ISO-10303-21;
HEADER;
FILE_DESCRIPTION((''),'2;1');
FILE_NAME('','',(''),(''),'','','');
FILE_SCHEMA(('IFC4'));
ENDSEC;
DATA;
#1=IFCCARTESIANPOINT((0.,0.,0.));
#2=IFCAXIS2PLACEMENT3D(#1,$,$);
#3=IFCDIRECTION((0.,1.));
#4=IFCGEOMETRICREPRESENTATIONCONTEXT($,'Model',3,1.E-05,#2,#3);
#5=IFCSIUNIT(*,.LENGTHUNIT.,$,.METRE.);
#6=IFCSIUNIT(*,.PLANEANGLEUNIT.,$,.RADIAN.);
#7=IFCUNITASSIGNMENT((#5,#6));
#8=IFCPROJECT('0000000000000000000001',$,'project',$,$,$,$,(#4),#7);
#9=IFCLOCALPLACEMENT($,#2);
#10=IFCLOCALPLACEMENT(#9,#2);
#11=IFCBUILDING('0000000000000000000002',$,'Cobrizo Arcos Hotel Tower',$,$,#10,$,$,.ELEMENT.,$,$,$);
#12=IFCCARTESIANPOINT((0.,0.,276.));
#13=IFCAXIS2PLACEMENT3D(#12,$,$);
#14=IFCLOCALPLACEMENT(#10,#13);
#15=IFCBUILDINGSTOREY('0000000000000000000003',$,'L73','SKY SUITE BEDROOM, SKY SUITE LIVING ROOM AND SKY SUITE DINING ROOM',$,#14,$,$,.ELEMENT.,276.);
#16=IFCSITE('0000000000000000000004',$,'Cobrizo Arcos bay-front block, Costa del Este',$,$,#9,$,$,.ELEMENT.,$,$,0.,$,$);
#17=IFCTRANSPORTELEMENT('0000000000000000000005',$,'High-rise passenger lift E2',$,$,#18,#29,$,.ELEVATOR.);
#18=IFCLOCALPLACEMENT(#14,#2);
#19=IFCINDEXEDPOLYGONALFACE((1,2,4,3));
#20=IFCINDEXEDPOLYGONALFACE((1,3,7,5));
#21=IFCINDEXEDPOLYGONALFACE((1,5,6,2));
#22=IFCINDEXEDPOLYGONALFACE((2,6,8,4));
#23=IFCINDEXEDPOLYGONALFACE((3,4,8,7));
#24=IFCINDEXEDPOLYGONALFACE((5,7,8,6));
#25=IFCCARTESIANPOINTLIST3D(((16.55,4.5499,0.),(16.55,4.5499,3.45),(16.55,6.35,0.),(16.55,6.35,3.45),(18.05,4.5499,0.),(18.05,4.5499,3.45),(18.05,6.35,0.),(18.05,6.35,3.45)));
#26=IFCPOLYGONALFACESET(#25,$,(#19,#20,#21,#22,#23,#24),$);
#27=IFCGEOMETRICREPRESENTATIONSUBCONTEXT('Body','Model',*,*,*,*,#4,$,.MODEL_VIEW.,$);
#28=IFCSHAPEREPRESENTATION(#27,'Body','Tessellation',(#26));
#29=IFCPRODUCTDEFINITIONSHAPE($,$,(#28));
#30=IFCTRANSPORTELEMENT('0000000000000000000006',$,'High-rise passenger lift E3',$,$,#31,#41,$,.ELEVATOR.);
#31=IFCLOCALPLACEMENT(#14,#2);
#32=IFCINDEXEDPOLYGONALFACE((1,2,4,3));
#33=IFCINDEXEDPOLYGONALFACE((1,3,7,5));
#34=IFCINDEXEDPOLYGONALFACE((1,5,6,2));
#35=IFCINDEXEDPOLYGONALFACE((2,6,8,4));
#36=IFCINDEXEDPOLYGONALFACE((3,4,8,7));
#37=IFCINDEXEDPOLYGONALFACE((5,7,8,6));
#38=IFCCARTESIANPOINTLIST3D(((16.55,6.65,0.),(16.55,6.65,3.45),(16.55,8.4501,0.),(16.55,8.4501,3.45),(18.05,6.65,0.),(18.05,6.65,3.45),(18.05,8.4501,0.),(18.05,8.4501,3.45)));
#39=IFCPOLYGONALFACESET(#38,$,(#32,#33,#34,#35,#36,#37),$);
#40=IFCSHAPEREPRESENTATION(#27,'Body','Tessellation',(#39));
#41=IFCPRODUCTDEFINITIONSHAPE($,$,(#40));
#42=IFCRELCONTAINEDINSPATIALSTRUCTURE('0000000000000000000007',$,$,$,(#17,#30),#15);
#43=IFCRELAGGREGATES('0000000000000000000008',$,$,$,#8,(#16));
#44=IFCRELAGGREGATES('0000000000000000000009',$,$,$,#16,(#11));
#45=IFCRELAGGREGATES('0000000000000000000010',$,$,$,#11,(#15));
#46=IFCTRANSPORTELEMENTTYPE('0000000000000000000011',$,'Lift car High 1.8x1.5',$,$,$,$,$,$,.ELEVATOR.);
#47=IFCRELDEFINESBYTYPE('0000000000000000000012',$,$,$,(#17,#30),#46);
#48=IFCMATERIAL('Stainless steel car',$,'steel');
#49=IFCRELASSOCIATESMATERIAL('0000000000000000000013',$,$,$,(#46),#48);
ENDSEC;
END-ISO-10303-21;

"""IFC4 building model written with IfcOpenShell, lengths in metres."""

from ifc_helpers import new_model, si_unit, direction, frame, origin, origin_2d, place, context, subcontext, project, spatial, rectangle, extrude, material, type_object, element, save


model = new_model("IFC4")

# Units and contexts
model_context = context("Model", 3, precision=1e-05, world=origin(), true_north=direction((0.0, 1.0)))
body_context = subcontext(model_context, "Body", "Model", "MODEL_VIEW")
ifc_project = project(units=[si_unit("LENGTHUNIT", "METRE"), si_unit("PLANEANGLEUNIT", "RADIAN")], contexts=[model_context])

# Site, building, storey
site_placement = place(None, origin())
site = spatial("IfcSite", under=ifc_project, at=site_placement, Name="Cobrizo Arcos bay-front block, Costa del Este", CompositionType="ELEMENT", RefElevation=0.0)
building_placement = place(site_placement, origin())
building = spatial("IfcBuilding", under=site, at=building_placement, Name="Cobrizo Arcos Hotel Tower", CompositionType="ELEMENT")
storey_placement = place(building_placement, frame((0.0, 0.0, 276.0)))
storey = spatial("IfcBuildingStorey", under=building, at=storey_placement, Name="L73", Description="SKY SUITE BEDROOM, SKY SUITE LIVING ROOM AND SKY SUITE DINING ROOM", CompositionType="ELEMENT", Elevation=276.0)

# Transport elements
ifc_material_1 = material(Name="Stainless steel car", Category="steel")
transport_element_type = type_object("IfcTransportElementType", Name="Lift car High 1.8x1.5", PredefinedType="ELEVATOR", material=ifc_material_1)
for number, where, z_axis, x_axis, name in (
    (1, (17.3, 5.45, 0.0), (0.0, 0.0, 1.0), (1.0, 0.0, 0.0), "High-rise passenger lift E2"),
    (2, (17.3, 7.55, 0.0), (0.0, 0.0, 1.0), (1.0, 0.0, 0.0), "High-rise passenger lift E3"),
):
    element("IfcTransportElement", number, at=place(storey_placement, frame(where, z_axis=z_axis, x_axis=x_axis)), inside=storey, type_object=transport_element_type, Name=name, PredefinedType="ELEVATOR", context=body_context, shape_type="SweptSolid", body=[
        extrude(rectangle(XDim=1.5, YDim=1.8, at=origin_2d()), origin(), (0.0, 0.0, 1.0), 3.45),
    ])

save(model, "model.ifc")
